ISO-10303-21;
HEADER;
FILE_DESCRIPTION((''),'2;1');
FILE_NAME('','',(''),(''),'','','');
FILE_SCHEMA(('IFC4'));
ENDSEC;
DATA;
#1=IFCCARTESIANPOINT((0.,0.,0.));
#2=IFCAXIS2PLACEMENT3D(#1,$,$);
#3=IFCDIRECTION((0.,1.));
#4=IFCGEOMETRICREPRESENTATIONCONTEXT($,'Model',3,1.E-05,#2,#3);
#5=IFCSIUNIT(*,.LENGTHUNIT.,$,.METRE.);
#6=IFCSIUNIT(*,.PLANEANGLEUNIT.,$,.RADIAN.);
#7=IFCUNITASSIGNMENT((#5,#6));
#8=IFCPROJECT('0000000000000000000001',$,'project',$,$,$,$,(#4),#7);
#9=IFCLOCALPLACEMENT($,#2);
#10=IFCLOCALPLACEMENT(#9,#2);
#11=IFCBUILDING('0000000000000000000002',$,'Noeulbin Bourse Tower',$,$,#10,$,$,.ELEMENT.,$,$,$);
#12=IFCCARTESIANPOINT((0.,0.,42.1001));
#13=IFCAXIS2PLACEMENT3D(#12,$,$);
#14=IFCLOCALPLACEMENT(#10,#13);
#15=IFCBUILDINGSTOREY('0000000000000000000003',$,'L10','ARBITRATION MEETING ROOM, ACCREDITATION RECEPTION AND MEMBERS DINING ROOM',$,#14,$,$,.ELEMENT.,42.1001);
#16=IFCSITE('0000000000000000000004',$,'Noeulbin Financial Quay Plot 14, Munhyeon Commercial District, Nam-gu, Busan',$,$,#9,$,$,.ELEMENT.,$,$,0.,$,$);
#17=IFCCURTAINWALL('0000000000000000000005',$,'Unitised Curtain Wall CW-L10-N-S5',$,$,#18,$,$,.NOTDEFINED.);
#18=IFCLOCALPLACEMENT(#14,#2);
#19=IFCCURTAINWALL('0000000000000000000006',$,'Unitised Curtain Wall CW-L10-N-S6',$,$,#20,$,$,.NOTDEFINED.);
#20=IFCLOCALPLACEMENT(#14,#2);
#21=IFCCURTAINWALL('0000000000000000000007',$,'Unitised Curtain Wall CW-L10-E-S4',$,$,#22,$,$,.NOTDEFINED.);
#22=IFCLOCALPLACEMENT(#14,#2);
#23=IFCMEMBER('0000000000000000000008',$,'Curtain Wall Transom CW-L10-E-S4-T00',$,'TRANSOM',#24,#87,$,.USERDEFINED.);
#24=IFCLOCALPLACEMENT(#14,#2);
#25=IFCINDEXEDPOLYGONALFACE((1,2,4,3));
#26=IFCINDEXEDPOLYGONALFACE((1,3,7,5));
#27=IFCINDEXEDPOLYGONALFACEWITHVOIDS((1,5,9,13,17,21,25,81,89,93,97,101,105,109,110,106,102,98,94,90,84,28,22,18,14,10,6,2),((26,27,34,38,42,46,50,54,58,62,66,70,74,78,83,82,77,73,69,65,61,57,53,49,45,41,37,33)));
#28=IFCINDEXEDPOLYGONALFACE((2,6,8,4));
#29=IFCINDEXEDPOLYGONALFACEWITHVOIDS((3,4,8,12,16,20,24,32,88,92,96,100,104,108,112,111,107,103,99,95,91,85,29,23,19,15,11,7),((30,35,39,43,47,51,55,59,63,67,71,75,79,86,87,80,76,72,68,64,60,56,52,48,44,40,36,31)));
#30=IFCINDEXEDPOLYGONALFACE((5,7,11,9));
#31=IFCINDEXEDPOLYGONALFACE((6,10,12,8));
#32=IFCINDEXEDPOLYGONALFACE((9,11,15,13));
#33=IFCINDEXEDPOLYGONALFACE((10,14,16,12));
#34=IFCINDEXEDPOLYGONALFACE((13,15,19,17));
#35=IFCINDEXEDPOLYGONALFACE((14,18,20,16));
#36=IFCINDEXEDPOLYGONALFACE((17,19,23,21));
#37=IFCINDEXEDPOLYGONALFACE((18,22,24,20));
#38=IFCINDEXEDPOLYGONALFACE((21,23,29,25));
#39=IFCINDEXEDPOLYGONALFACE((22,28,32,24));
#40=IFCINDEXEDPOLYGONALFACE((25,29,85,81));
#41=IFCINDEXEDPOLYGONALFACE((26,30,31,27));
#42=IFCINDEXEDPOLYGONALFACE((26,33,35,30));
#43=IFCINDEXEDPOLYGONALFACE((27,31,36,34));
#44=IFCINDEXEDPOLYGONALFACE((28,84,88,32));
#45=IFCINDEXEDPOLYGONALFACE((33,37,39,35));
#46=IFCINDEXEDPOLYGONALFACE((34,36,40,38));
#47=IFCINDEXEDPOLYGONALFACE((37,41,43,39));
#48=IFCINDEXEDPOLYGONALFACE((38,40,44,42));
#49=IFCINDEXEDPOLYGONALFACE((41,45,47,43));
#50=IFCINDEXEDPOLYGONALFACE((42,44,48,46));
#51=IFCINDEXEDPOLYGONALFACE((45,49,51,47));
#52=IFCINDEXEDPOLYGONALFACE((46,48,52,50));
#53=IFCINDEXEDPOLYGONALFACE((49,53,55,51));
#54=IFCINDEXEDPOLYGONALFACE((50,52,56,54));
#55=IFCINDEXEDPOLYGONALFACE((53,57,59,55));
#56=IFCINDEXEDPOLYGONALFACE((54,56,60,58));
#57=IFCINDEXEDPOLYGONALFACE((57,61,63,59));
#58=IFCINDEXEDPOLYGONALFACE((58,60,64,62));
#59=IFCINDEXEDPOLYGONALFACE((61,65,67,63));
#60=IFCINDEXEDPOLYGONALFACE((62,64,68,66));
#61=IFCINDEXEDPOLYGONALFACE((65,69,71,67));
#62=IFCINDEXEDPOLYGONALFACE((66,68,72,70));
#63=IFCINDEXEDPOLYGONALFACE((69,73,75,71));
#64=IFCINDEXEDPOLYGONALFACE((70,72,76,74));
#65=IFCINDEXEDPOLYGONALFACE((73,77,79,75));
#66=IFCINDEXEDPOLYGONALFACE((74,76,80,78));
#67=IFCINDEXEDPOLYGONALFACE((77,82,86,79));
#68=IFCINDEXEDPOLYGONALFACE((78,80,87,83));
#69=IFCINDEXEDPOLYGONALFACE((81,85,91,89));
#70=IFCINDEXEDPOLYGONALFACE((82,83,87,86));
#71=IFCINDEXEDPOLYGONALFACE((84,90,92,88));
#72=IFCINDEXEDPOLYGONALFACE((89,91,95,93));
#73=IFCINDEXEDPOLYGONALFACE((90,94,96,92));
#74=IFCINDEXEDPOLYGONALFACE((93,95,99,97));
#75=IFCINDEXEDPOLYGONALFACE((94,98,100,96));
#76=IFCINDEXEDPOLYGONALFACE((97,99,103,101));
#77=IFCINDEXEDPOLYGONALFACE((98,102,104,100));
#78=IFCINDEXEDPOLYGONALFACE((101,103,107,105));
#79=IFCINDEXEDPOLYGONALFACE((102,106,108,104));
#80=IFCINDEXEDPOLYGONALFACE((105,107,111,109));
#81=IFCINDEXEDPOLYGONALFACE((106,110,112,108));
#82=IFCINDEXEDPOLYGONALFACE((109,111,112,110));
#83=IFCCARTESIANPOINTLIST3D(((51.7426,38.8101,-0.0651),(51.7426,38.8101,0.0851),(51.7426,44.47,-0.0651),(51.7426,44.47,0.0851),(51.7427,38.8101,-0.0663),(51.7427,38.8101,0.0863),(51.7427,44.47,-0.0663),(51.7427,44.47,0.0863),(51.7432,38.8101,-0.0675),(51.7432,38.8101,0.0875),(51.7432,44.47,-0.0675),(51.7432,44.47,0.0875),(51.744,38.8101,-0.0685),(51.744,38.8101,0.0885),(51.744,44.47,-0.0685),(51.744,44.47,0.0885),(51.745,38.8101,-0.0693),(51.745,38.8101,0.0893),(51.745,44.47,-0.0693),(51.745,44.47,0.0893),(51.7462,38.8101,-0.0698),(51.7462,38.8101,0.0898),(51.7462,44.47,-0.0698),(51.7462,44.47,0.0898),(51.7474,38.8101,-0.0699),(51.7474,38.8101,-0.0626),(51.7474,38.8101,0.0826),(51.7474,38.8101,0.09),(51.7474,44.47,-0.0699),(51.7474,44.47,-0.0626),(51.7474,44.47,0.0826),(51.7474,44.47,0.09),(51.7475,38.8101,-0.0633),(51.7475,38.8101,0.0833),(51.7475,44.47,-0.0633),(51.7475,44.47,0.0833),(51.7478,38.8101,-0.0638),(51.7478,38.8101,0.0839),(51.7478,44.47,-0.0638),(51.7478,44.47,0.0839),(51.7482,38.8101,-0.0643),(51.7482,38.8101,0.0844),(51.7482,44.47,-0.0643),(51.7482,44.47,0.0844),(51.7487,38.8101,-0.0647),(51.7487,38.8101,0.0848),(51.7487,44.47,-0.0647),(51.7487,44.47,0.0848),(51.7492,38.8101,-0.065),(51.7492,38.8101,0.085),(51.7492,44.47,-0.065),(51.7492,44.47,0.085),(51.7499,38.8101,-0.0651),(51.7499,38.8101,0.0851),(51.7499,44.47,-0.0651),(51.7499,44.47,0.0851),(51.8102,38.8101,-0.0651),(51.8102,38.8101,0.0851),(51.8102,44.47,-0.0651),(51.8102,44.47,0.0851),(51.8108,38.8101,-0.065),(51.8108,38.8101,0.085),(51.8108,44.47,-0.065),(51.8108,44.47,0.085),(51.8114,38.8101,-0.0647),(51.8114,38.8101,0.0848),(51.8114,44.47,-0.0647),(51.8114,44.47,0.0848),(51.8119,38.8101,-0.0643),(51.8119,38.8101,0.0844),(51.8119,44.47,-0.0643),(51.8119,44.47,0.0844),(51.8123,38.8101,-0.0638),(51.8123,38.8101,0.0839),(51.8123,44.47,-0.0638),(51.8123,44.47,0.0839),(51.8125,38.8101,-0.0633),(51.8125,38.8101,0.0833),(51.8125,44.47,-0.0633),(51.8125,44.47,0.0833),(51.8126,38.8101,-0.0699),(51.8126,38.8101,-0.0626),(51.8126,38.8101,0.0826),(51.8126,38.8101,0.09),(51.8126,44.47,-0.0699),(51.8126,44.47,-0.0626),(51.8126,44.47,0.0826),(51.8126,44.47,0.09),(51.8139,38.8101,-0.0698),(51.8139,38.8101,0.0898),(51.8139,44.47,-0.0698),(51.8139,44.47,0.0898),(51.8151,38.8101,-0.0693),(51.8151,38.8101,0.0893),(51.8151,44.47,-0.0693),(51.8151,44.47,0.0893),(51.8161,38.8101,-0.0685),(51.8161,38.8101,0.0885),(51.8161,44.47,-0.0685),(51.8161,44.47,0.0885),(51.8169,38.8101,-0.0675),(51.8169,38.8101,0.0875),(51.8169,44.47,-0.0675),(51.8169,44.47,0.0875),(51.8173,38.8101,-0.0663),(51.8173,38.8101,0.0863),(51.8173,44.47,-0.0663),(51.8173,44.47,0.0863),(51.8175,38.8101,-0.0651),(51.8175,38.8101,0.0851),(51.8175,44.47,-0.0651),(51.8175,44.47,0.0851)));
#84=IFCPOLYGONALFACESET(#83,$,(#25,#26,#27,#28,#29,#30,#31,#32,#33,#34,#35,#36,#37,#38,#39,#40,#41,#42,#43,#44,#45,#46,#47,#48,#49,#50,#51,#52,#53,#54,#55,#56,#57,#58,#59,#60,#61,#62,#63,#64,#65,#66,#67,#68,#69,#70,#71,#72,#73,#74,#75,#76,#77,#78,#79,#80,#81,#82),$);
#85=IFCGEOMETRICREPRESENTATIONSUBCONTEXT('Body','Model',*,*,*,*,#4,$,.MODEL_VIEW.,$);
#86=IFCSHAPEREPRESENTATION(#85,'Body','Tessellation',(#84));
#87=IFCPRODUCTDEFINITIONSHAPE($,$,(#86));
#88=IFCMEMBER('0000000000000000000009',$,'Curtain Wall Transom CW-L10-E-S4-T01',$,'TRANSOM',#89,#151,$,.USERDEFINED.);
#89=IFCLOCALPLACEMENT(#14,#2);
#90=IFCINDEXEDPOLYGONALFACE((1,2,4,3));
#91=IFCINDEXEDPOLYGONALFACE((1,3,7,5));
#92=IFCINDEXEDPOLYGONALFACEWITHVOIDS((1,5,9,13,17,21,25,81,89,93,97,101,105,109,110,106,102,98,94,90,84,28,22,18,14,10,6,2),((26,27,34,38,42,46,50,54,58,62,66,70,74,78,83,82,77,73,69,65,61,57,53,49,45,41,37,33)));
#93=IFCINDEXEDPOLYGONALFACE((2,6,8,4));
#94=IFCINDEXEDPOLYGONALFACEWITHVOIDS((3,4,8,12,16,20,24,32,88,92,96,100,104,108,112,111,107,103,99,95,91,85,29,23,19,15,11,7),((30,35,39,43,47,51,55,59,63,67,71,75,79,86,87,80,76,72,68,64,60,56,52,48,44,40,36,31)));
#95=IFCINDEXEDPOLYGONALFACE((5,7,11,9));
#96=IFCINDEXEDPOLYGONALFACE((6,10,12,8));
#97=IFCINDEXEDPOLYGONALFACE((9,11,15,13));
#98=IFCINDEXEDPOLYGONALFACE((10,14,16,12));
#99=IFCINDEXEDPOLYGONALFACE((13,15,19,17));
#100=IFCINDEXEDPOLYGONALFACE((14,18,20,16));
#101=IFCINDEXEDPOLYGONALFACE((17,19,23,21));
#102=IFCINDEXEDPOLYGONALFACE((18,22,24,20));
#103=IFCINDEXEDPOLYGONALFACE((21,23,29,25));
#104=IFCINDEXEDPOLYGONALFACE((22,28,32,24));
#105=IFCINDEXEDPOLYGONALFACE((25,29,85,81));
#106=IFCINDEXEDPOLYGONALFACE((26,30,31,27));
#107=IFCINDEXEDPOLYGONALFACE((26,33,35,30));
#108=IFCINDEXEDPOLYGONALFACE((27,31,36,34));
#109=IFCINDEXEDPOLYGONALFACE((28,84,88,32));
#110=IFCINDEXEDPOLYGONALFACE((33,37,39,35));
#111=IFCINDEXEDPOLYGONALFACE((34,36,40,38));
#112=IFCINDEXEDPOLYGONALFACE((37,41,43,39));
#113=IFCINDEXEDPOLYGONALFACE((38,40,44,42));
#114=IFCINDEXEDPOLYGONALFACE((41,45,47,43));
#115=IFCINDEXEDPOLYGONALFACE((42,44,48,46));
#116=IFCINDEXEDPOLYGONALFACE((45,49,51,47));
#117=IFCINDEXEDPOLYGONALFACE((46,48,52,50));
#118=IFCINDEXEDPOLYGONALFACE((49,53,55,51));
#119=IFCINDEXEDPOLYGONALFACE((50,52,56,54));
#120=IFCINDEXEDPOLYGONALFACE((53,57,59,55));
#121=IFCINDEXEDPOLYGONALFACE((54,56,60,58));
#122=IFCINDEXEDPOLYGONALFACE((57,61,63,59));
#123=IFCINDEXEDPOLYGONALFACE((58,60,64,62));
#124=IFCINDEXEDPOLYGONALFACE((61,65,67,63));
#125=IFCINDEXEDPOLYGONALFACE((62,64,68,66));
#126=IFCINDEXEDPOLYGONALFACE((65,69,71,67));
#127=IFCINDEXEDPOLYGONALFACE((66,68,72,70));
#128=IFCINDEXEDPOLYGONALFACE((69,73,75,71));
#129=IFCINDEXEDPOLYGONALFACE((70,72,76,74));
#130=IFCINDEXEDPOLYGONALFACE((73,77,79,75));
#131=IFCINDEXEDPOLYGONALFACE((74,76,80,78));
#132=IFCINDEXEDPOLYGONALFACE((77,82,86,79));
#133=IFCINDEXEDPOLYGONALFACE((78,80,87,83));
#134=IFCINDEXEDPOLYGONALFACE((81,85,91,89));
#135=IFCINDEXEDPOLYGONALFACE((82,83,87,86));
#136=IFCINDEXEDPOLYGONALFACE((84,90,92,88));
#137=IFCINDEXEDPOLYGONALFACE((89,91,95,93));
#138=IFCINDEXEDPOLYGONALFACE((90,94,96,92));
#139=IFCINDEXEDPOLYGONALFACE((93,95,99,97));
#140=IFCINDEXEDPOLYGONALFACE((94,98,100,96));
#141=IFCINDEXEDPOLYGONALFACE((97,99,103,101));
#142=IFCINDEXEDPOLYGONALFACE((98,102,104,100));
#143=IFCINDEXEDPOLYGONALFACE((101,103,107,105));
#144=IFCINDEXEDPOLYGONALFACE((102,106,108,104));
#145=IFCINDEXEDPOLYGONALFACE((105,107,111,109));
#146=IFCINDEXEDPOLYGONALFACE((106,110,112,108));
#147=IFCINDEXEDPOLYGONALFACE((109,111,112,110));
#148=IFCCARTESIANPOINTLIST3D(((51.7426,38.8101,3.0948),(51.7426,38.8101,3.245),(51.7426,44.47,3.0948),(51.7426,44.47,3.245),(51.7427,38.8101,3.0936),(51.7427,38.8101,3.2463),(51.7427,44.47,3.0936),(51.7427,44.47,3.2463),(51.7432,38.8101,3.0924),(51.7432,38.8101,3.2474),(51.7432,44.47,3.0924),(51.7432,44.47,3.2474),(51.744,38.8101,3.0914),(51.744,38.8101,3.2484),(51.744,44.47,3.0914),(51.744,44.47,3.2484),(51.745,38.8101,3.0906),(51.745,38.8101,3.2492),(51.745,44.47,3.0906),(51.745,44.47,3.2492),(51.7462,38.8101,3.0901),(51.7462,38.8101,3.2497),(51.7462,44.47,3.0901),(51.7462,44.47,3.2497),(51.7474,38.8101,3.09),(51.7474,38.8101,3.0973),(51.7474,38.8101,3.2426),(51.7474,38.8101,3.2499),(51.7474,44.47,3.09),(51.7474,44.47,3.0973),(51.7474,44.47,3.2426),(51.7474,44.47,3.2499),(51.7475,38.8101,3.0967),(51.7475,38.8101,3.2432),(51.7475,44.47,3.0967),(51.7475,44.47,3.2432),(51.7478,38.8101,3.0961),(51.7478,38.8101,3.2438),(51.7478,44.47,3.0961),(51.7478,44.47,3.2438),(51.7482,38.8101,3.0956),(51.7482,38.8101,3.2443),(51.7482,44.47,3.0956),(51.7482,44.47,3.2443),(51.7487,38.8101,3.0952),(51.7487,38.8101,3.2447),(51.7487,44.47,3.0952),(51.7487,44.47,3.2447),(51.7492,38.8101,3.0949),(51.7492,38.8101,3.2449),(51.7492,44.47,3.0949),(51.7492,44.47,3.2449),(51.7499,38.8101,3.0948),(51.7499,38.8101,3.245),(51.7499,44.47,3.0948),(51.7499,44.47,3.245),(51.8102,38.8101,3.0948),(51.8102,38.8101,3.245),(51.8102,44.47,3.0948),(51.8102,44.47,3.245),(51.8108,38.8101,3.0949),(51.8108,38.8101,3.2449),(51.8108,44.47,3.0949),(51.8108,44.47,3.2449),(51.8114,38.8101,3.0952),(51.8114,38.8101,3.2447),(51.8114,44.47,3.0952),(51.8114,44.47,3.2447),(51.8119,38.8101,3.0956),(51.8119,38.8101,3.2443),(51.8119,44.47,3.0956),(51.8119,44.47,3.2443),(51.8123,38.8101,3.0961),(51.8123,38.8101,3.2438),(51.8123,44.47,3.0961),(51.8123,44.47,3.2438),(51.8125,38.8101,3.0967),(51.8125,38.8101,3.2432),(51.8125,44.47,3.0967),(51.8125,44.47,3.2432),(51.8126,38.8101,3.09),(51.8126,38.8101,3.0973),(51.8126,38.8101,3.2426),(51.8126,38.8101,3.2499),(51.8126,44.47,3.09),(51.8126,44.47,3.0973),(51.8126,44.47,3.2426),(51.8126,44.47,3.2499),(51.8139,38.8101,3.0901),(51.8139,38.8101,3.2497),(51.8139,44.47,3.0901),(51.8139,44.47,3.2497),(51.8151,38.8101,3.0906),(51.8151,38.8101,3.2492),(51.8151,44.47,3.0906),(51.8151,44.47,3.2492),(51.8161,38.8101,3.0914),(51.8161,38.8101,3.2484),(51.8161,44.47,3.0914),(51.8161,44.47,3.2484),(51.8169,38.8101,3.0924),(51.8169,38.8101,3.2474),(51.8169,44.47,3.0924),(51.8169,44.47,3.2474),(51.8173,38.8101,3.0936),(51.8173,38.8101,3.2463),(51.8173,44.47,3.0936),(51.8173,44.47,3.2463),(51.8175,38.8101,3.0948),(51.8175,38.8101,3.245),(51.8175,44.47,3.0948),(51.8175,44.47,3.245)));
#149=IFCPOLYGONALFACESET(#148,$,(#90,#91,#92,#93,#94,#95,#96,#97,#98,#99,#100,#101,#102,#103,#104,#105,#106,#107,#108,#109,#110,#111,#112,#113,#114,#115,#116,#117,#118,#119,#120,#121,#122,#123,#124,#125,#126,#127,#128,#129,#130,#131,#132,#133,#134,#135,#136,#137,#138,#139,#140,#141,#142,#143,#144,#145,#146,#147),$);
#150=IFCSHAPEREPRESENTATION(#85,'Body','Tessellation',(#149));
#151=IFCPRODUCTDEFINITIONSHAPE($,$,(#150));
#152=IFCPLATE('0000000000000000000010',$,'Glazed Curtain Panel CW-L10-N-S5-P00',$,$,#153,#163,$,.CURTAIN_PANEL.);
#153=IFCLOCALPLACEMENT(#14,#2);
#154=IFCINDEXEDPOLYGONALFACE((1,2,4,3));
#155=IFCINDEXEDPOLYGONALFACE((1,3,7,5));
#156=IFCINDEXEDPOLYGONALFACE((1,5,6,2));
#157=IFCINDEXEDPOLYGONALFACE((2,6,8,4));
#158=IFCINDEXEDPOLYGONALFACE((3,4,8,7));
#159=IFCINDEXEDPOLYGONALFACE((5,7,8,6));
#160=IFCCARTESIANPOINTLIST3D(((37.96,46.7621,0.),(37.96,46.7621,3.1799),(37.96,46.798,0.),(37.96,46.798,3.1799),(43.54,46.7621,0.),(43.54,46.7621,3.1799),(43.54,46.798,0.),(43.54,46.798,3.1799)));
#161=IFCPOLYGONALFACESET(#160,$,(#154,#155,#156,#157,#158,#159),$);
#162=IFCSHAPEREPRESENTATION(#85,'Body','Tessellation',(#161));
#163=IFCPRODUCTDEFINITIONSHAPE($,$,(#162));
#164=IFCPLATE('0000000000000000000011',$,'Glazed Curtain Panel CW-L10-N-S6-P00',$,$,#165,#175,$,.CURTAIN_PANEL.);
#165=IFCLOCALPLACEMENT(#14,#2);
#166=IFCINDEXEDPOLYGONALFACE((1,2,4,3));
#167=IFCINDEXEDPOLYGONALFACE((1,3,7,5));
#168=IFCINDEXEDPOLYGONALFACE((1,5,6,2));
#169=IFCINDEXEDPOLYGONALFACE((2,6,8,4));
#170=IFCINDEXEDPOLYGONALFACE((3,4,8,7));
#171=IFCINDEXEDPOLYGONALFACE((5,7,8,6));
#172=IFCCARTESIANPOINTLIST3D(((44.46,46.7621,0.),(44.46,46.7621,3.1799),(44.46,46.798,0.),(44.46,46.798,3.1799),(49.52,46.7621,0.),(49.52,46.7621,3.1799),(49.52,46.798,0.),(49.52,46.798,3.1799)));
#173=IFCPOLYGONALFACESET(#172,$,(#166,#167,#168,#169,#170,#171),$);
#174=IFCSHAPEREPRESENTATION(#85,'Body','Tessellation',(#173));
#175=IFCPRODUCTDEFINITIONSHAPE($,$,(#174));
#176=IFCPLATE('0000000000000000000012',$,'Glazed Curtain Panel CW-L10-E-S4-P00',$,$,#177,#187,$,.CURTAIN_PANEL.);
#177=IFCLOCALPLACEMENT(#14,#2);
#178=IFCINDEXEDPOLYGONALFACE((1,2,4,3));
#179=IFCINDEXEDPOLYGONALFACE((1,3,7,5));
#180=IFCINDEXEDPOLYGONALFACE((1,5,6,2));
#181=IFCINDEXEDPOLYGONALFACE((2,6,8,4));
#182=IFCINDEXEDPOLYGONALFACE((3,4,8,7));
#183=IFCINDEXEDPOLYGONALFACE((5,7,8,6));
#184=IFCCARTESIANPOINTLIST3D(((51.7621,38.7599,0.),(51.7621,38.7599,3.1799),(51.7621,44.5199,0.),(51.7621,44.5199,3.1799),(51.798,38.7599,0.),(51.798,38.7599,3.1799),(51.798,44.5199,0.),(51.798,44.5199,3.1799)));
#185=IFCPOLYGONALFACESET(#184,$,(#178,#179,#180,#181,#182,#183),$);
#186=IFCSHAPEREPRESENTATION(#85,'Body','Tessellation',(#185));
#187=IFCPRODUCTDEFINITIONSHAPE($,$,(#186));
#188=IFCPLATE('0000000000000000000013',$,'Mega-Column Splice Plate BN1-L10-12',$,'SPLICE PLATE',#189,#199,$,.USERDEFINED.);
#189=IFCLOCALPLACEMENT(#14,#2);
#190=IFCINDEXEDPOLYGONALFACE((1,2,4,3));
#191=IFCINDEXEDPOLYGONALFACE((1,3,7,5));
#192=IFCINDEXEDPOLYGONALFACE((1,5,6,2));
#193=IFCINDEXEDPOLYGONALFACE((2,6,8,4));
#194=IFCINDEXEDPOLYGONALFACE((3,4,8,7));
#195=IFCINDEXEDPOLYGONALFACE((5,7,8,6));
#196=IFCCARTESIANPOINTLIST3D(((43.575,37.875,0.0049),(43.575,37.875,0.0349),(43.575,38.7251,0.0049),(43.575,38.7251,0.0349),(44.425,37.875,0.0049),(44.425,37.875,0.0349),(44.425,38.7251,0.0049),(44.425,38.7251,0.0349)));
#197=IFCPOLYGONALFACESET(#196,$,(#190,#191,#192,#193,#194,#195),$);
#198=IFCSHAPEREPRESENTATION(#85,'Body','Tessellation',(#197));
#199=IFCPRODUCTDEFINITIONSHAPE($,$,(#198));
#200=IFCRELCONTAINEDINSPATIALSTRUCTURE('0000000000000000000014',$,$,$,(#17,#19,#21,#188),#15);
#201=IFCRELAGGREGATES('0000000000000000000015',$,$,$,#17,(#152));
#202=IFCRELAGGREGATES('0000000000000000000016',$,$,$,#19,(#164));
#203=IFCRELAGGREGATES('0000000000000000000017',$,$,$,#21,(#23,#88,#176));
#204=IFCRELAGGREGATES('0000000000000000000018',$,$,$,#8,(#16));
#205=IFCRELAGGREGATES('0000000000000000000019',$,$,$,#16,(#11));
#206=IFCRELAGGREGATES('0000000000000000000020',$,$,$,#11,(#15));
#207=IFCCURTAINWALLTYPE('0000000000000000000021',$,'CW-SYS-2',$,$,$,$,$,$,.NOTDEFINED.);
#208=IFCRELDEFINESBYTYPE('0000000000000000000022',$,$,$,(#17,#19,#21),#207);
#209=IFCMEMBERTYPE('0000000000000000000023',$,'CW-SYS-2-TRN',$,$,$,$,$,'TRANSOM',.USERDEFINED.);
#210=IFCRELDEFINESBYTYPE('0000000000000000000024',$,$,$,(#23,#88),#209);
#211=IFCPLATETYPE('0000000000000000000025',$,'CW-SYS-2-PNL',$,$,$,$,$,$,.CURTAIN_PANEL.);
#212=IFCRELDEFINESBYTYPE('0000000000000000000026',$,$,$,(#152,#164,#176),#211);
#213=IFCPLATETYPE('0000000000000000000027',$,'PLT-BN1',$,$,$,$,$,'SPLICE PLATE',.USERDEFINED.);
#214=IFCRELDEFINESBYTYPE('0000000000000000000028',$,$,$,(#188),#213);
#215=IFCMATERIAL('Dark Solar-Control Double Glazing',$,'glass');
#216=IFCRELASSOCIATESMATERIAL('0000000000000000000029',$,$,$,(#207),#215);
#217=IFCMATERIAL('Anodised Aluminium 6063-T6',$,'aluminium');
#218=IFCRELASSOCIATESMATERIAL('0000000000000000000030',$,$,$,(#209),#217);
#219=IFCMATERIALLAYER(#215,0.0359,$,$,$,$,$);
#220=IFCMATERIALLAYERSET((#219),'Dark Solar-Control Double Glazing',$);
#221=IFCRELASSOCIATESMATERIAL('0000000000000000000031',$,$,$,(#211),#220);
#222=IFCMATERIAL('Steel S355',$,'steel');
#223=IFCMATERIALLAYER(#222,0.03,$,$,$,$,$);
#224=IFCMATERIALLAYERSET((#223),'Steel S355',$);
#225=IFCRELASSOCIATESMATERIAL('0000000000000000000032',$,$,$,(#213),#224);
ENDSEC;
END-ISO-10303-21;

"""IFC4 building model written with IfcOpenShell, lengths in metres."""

from ifc_helpers import new_model, si_unit, direction, frame, origin, origin_2d, place, context, subcontext, project, spatial, rectangle, hollow_rectangle, extrude, material, layer, layer_set, material_profile, profile_set, type_object, element, aggregate, save


model = new_model("IFC4")

# Units and contexts
model_context = context("Model", 3, precision=1e-05, world=origin(), true_north=direction((0.0, 1.0)))
body_context = subcontext(model_context, "Body", "Model", "MODEL_VIEW")
ifc_project = project(units=[si_unit("LENGTHUNIT", "METRE"), si_unit("PLANEANGLEUNIT", "RADIAN")], contexts=[model_context])

# Site, building, storey
site_placement = place(None, origin())
site = spatial("IfcSite", under=ifc_project, at=site_placement, Name="Noeulbin Financial Quay Plot 14, Munhyeon Commercial District, Nam-gu, Busan", CompositionType="ELEMENT", RefElevation=0.0)
building_placement = place(site_placement, origin())
building = spatial("IfcBuilding", under=site, at=building_placement, Name="Noeulbin Bourse Tower", CompositionType="ELEMENT")
storey_placement = place(building_placement, frame((0.0, 0.0, 42.1001)))
storey = spatial("IfcBuildingStorey", under=building, at=storey_placement, Name="L10", Description="ARBITRATION MEETING ROOM, ACCREDITATION RECEPTION AND MEMBERS DINING ROOM", CompositionType="ELEMENT", Elevation=42.1001)

# Shared definitions
ifc_material_1 = material(Name="Steel S355", Category="steel")

# Curtain wall
ifc_material_2 = material(Name="Dark Solar-Control Double Glazing", Category="glass")
curtain_wall_type = type_object("IfcCurtainWallType", Name="CW-SYS-2", PredefinedType="NOTDEFINED", material=ifc_material_2)
curtain_wall_1_placement = place(storey_placement, origin())
curtain_wall_1 = element("IfcCurtainWall", 1, at=curtain_wall_1_placement, inside=storey, type_object=curtain_wall_type, Name="Unitised Curtain Wall CW-L10-N-S5", PredefinedType="NOTDEFINED")
ifc_material_3 = material(Name="Anodised Aluminium 6063-T6", Category="aluminium")

# Curtain wall
curtain_wall_2_placement = place(storey_placement, origin())
curtain_wall_2 = element("IfcCurtainWall", 2, at=curtain_wall_2_placement, inside=storey, type_object=curtain_wall_type, Name="Unitised Curtain Wall CW-L10-N-S6", PredefinedType="NOTDEFINED")

# Curtain wall
curtain_wall_3_placement = place(storey_placement, origin())
curtain_wall_3 = element("IfcCurtainWall", 3, at=curtain_wall_3_placement, inside=storey, type_object=curtain_wall_type, Name="Unitised Curtain Wall CW-L10-E-S4", PredefinedType="NOTDEFINED")

# Members
ifc_material_profile_1 = material_profile(ifc_material_3, hollow_rectangle(XDim=0.075, YDim=0.1599, WallThickness=0.0049, InnerFilletRadius=0.0024, OuterFilletRadius=0.0049, at=origin_2d()), Name="ALU-TRAN-75x160x5", Category="LoadBearing")
ifc_profile_set_1 = profile_set([ifc_material_profile_1], Name="Anodised Aluminium 6063-T6")
member_type_1 = type_object("IfcMemberType", Name="CW-SYS-2-TRN", ElementType="TRANSOM", PredefinedType="USERDEFINED", material=ifc_profile_set_1)
member_1_placement = place(storey_placement, frame((51.78, 38.8101, 0.01), z_axis=(0.0, 1.0, 0.0), x_axis=(-1.0, 0.0, 0.0)))
member_1 = element("IfcMember", 4, at=member_1_placement, type_object=member_type_1, Name="Curtain Wall Transom CW-L10-E-S4-T00", ObjectType="TRANSOM", PredefinedType="USERDEFINED", context=body_context, shape_type="SweptSolid", body=[
    extrude(hollow_rectangle(XDim=0.075, YDim=0.1599, WallThickness=0.0049, InnerFilletRadius=0.0024, OuterFilletRadius=0.0049, at=origin_2d()), origin(), (0.0, 0.0, 1.0), 5.6599),
])
member_2_placement = place(storey_placement, frame((51.78, 38.8101, 3.1699), z_axis=(0.0, 1.0, 0.0), x_axis=(-1.0, 0.0, 0.0)))
member_2 = element("IfcMember", 5, at=member_2_placement, type_object=member_type_1, Name="Curtain Wall Transom CW-L10-E-S4-T01", ObjectType="TRANSOM", PredefinedType="USERDEFINED", context=body_context, shape_type="SweptSolid", body=[
    extrude(hollow_rectangle(XDim=0.075, YDim=0.1599, WallThickness=0.0049, InnerFilletRadius=0.0024, OuterFilletRadius=0.0049, at=origin_2d()), origin(), (0.0, 0.0, 1.0), 5.6599),
])

# Plates
ifc_layer_1 = layer(ifc_material_2, 0.0359)
ifc_layer_set_1 = layer_set([ifc_layer_1], Name="Dark Solar-Control Double Glazing")
plate_type_1 = type_object("IfcPlateType", Name="CW-SYS-2-PNL", PredefinedType="CURTAIN_PANEL", material=ifc_layer_set_1)
plate_1_placement = place(storey_placement, frame((40.75, 46.78, 0.0), z_axis=(0.0, 0.0, 1.0), x_axis=(1.0, 0.0, 0.0)))
plate_1 = element("IfcPlate", 6, at=plate_1_placement, type_object=plate_type_1, Name="Glazed Curtain Panel CW-L10-N-S5-P00", PredefinedType="CURTAIN_PANEL", context=body_context, shape_type="SweptSolid", body=[
    extrude(rectangle(XDim=5.5801, YDim=0.0359, at=origin_2d()), origin(), (0.0, 0.0, 1.0), 3.1799),
])
aggregate(curtain_wall_1, [plate_1])
plate_2_placement = place(storey_placement, frame((46.99, 46.78, 0.0), z_axis=(0.0, 0.0, 1.0), x_axis=(1.0, 0.0, 0.0)))
plate_2 = element("IfcPlate", 7, at=plate_2_placement, type_object=plate_type_1, Name="Glazed Curtain Panel CW-L10-N-S6-P00", PredefinedType="CURTAIN_PANEL", context=body_context, shape_type="SweptSolid", body=[
    extrude(rectangle(XDim=5.0601, YDim=0.0359, at=origin_2d()), origin(), (0.0, 0.0, 1.0), 3.1799),
])
aggregate(curtain_wall_2, [plate_2])
plate_3_placement = place(storey_placement, frame((51.78, 41.6399, 0.0), z_axis=(0.0, 0.0, 1.0), x_axis=(0.0, 1.0, 0.0)))
plate_3 = element("IfcPlate", 8, at=plate_3_placement, type_object=plate_type_1, Name="Glazed Curtain Panel CW-L10-E-S4-P00", PredefinedType="CURTAIN_PANEL", context=body_context, shape_type="SweptSolid", body=[
    extrude(rectangle(XDim=5.76, YDim=0.0359, at=origin_2d()), origin(), (0.0, 0.0, 1.0), 3.1799),
])
aggregate(curtain_wall_3, [member_1, member_2, plate_3])

# Plate
ifc_layer_2 = layer(ifc_material_1, 0.03)
ifc_layer_set_2 = layer_set([ifc_layer_2], Name="Steel S355")
plate_type_2 = type_object("IfcPlateType", Name="PLT-BN1", ElementType="SPLICE PLATE", PredefinedType="USERDEFINED", material=ifc_layer_set_2)
for number, where, z_axis, x_axis, name in (
    (9, (44.0, 38.3, 0.0049), (0.0, 0.0, 1.0), (1.0, 0.0, 0.0), "Mega-Column Splice Plate BN1-L10-12"),
):
    element("IfcPlate", number, at=place(storey_placement, frame(where, z_axis=z_axis, x_axis=x_axis)), inside=storey, type_object=plate_type_2, Name=name, ObjectType="SPLICE PLATE", PredefinedType="USERDEFINED", context=body_context, shape_type="SweptSolid", body=[
        extrude(rectangle(XDim=0.8501, YDim=0.8501, at=origin_2d()), origin(), (0.0, 0.0, 1.0), 0.03),
    ])

save(model, "model.ifc")
